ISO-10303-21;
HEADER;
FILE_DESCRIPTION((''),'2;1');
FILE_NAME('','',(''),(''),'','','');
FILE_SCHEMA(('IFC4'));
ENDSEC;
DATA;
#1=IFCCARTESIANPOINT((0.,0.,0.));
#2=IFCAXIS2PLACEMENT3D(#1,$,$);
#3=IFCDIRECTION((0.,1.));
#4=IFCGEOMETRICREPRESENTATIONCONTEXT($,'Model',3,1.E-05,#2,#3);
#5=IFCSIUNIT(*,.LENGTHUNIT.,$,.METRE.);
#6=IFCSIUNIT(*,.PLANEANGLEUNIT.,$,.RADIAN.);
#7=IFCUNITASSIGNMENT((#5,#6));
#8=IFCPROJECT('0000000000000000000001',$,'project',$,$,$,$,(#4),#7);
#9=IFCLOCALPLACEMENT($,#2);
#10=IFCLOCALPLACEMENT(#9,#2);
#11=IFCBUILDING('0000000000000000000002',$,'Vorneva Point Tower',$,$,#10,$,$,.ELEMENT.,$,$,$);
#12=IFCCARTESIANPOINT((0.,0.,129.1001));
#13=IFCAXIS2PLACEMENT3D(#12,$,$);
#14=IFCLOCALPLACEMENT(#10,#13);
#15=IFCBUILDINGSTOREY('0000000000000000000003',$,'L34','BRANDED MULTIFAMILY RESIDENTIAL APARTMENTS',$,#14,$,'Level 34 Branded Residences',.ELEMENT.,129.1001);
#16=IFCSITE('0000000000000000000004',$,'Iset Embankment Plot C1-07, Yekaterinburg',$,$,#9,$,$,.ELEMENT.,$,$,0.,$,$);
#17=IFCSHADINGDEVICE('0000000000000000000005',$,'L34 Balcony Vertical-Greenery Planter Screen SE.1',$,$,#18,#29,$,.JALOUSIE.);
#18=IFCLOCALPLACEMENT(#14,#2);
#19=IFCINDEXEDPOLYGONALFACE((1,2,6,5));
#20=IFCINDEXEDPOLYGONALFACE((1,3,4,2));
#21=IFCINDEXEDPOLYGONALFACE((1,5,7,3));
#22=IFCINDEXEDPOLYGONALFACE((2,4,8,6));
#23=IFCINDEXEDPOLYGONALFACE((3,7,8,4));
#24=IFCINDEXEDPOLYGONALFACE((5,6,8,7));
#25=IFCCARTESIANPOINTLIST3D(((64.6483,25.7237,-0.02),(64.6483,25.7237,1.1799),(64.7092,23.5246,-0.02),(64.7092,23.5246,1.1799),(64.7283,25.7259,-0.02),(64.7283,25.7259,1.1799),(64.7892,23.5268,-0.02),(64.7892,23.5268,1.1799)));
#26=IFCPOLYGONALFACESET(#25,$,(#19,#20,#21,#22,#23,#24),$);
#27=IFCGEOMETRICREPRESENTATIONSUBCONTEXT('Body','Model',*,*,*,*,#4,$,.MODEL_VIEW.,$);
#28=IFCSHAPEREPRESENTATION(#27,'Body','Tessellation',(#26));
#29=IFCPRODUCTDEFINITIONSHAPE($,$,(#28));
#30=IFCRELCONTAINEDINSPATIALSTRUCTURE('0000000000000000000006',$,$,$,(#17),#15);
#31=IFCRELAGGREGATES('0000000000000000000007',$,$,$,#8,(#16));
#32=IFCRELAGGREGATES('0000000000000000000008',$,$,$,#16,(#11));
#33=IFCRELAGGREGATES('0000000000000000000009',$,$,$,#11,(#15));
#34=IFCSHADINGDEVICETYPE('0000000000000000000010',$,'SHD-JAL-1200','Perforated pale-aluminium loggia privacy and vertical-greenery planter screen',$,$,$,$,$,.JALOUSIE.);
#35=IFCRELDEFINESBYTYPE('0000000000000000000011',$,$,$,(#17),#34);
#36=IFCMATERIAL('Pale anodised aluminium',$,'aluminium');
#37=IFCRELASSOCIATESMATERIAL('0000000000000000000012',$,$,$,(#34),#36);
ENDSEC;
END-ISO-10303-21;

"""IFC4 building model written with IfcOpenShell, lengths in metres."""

from ifc_helpers import new_model, si_unit, direction, frame, origin, origin_2d, place, context, subcontext, project, spatial, rectangle, extrude, material, type_object, element, save


model = new_model("IFC4")

# Units and contexts
model_context = context("Model", 3, precision=1e-05, world=origin(), true_north=direction((0.0, 1.0)))
body_context = subcontext(model_context, "Body", "Model", "MODEL_VIEW")
ifc_project = project(units=[si_unit("LENGTHUNIT", "METRE"), si_unit("PLANEANGLEUNIT", "RADIAN")], contexts=[model_context])

# Site, building, storey
site_placement = place(None, origin())
site = spatial("IfcSite", under=ifc_project, at=site_placement, Name="Iset Embankment Plot C1-07, Yekaterinburg", CompositionType="ELEMENT", RefElevation=0.0)
building_placement = place(site_placement, origin())
building = spatial("IfcBuilding", under=site, at=building_placement, Name="Vorneva Point Tower", CompositionType="ELEMENT")
storey_placement = place(building_placement, frame((0.0, 0.0, 129.1001)))
storey = spatial("IfcBuildingStorey", under=building, at=storey_placement, Name="L34", Description="BRANDED MULTIFAMILY RESIDENTIAL APARTMENTS", LongName="Level 34 Branded Residences", CompositionType="ELEMENT", Elevation=129.1001)

# Shared definitions
ifc_material_1 = material(Name="Pale anodised aluminium", Category="aluminium")

# Shading device
shading_device_type_1 = type_object("IfcShadingDeviceType", Name="SHD-JAL-1200", Description="Perforated pale-aluminium loggia privacy and vertical-greenery planter screen", PredefinedType="JALOUSIE", material=ifc_material_1)
shading_device_1_placement = place(storey_placement, frame((64.7188, 24.6252, -0.02), z_axis=(0.0, 0.0, 1.0), x_axis=(-0.027695, 0.999616, 0.0)))
element("IfcShadingDevice", 1, at=shading_device_1_placement, inside=storey, type_object=shading_device_type_1, Name="L34 Balcony Vertical-Greenery Planter Screen SE.1", PredefinedType="JALOUSIE", context=body_context, shape_type="SweptSolid", body=[
    extrude(rectangle(XDim=2.2, YDim=0.0801, at=origin_2d()), origin(), (0.0, 0.0, 1.0), 1.2),
])

save(model, "model.ifc")
